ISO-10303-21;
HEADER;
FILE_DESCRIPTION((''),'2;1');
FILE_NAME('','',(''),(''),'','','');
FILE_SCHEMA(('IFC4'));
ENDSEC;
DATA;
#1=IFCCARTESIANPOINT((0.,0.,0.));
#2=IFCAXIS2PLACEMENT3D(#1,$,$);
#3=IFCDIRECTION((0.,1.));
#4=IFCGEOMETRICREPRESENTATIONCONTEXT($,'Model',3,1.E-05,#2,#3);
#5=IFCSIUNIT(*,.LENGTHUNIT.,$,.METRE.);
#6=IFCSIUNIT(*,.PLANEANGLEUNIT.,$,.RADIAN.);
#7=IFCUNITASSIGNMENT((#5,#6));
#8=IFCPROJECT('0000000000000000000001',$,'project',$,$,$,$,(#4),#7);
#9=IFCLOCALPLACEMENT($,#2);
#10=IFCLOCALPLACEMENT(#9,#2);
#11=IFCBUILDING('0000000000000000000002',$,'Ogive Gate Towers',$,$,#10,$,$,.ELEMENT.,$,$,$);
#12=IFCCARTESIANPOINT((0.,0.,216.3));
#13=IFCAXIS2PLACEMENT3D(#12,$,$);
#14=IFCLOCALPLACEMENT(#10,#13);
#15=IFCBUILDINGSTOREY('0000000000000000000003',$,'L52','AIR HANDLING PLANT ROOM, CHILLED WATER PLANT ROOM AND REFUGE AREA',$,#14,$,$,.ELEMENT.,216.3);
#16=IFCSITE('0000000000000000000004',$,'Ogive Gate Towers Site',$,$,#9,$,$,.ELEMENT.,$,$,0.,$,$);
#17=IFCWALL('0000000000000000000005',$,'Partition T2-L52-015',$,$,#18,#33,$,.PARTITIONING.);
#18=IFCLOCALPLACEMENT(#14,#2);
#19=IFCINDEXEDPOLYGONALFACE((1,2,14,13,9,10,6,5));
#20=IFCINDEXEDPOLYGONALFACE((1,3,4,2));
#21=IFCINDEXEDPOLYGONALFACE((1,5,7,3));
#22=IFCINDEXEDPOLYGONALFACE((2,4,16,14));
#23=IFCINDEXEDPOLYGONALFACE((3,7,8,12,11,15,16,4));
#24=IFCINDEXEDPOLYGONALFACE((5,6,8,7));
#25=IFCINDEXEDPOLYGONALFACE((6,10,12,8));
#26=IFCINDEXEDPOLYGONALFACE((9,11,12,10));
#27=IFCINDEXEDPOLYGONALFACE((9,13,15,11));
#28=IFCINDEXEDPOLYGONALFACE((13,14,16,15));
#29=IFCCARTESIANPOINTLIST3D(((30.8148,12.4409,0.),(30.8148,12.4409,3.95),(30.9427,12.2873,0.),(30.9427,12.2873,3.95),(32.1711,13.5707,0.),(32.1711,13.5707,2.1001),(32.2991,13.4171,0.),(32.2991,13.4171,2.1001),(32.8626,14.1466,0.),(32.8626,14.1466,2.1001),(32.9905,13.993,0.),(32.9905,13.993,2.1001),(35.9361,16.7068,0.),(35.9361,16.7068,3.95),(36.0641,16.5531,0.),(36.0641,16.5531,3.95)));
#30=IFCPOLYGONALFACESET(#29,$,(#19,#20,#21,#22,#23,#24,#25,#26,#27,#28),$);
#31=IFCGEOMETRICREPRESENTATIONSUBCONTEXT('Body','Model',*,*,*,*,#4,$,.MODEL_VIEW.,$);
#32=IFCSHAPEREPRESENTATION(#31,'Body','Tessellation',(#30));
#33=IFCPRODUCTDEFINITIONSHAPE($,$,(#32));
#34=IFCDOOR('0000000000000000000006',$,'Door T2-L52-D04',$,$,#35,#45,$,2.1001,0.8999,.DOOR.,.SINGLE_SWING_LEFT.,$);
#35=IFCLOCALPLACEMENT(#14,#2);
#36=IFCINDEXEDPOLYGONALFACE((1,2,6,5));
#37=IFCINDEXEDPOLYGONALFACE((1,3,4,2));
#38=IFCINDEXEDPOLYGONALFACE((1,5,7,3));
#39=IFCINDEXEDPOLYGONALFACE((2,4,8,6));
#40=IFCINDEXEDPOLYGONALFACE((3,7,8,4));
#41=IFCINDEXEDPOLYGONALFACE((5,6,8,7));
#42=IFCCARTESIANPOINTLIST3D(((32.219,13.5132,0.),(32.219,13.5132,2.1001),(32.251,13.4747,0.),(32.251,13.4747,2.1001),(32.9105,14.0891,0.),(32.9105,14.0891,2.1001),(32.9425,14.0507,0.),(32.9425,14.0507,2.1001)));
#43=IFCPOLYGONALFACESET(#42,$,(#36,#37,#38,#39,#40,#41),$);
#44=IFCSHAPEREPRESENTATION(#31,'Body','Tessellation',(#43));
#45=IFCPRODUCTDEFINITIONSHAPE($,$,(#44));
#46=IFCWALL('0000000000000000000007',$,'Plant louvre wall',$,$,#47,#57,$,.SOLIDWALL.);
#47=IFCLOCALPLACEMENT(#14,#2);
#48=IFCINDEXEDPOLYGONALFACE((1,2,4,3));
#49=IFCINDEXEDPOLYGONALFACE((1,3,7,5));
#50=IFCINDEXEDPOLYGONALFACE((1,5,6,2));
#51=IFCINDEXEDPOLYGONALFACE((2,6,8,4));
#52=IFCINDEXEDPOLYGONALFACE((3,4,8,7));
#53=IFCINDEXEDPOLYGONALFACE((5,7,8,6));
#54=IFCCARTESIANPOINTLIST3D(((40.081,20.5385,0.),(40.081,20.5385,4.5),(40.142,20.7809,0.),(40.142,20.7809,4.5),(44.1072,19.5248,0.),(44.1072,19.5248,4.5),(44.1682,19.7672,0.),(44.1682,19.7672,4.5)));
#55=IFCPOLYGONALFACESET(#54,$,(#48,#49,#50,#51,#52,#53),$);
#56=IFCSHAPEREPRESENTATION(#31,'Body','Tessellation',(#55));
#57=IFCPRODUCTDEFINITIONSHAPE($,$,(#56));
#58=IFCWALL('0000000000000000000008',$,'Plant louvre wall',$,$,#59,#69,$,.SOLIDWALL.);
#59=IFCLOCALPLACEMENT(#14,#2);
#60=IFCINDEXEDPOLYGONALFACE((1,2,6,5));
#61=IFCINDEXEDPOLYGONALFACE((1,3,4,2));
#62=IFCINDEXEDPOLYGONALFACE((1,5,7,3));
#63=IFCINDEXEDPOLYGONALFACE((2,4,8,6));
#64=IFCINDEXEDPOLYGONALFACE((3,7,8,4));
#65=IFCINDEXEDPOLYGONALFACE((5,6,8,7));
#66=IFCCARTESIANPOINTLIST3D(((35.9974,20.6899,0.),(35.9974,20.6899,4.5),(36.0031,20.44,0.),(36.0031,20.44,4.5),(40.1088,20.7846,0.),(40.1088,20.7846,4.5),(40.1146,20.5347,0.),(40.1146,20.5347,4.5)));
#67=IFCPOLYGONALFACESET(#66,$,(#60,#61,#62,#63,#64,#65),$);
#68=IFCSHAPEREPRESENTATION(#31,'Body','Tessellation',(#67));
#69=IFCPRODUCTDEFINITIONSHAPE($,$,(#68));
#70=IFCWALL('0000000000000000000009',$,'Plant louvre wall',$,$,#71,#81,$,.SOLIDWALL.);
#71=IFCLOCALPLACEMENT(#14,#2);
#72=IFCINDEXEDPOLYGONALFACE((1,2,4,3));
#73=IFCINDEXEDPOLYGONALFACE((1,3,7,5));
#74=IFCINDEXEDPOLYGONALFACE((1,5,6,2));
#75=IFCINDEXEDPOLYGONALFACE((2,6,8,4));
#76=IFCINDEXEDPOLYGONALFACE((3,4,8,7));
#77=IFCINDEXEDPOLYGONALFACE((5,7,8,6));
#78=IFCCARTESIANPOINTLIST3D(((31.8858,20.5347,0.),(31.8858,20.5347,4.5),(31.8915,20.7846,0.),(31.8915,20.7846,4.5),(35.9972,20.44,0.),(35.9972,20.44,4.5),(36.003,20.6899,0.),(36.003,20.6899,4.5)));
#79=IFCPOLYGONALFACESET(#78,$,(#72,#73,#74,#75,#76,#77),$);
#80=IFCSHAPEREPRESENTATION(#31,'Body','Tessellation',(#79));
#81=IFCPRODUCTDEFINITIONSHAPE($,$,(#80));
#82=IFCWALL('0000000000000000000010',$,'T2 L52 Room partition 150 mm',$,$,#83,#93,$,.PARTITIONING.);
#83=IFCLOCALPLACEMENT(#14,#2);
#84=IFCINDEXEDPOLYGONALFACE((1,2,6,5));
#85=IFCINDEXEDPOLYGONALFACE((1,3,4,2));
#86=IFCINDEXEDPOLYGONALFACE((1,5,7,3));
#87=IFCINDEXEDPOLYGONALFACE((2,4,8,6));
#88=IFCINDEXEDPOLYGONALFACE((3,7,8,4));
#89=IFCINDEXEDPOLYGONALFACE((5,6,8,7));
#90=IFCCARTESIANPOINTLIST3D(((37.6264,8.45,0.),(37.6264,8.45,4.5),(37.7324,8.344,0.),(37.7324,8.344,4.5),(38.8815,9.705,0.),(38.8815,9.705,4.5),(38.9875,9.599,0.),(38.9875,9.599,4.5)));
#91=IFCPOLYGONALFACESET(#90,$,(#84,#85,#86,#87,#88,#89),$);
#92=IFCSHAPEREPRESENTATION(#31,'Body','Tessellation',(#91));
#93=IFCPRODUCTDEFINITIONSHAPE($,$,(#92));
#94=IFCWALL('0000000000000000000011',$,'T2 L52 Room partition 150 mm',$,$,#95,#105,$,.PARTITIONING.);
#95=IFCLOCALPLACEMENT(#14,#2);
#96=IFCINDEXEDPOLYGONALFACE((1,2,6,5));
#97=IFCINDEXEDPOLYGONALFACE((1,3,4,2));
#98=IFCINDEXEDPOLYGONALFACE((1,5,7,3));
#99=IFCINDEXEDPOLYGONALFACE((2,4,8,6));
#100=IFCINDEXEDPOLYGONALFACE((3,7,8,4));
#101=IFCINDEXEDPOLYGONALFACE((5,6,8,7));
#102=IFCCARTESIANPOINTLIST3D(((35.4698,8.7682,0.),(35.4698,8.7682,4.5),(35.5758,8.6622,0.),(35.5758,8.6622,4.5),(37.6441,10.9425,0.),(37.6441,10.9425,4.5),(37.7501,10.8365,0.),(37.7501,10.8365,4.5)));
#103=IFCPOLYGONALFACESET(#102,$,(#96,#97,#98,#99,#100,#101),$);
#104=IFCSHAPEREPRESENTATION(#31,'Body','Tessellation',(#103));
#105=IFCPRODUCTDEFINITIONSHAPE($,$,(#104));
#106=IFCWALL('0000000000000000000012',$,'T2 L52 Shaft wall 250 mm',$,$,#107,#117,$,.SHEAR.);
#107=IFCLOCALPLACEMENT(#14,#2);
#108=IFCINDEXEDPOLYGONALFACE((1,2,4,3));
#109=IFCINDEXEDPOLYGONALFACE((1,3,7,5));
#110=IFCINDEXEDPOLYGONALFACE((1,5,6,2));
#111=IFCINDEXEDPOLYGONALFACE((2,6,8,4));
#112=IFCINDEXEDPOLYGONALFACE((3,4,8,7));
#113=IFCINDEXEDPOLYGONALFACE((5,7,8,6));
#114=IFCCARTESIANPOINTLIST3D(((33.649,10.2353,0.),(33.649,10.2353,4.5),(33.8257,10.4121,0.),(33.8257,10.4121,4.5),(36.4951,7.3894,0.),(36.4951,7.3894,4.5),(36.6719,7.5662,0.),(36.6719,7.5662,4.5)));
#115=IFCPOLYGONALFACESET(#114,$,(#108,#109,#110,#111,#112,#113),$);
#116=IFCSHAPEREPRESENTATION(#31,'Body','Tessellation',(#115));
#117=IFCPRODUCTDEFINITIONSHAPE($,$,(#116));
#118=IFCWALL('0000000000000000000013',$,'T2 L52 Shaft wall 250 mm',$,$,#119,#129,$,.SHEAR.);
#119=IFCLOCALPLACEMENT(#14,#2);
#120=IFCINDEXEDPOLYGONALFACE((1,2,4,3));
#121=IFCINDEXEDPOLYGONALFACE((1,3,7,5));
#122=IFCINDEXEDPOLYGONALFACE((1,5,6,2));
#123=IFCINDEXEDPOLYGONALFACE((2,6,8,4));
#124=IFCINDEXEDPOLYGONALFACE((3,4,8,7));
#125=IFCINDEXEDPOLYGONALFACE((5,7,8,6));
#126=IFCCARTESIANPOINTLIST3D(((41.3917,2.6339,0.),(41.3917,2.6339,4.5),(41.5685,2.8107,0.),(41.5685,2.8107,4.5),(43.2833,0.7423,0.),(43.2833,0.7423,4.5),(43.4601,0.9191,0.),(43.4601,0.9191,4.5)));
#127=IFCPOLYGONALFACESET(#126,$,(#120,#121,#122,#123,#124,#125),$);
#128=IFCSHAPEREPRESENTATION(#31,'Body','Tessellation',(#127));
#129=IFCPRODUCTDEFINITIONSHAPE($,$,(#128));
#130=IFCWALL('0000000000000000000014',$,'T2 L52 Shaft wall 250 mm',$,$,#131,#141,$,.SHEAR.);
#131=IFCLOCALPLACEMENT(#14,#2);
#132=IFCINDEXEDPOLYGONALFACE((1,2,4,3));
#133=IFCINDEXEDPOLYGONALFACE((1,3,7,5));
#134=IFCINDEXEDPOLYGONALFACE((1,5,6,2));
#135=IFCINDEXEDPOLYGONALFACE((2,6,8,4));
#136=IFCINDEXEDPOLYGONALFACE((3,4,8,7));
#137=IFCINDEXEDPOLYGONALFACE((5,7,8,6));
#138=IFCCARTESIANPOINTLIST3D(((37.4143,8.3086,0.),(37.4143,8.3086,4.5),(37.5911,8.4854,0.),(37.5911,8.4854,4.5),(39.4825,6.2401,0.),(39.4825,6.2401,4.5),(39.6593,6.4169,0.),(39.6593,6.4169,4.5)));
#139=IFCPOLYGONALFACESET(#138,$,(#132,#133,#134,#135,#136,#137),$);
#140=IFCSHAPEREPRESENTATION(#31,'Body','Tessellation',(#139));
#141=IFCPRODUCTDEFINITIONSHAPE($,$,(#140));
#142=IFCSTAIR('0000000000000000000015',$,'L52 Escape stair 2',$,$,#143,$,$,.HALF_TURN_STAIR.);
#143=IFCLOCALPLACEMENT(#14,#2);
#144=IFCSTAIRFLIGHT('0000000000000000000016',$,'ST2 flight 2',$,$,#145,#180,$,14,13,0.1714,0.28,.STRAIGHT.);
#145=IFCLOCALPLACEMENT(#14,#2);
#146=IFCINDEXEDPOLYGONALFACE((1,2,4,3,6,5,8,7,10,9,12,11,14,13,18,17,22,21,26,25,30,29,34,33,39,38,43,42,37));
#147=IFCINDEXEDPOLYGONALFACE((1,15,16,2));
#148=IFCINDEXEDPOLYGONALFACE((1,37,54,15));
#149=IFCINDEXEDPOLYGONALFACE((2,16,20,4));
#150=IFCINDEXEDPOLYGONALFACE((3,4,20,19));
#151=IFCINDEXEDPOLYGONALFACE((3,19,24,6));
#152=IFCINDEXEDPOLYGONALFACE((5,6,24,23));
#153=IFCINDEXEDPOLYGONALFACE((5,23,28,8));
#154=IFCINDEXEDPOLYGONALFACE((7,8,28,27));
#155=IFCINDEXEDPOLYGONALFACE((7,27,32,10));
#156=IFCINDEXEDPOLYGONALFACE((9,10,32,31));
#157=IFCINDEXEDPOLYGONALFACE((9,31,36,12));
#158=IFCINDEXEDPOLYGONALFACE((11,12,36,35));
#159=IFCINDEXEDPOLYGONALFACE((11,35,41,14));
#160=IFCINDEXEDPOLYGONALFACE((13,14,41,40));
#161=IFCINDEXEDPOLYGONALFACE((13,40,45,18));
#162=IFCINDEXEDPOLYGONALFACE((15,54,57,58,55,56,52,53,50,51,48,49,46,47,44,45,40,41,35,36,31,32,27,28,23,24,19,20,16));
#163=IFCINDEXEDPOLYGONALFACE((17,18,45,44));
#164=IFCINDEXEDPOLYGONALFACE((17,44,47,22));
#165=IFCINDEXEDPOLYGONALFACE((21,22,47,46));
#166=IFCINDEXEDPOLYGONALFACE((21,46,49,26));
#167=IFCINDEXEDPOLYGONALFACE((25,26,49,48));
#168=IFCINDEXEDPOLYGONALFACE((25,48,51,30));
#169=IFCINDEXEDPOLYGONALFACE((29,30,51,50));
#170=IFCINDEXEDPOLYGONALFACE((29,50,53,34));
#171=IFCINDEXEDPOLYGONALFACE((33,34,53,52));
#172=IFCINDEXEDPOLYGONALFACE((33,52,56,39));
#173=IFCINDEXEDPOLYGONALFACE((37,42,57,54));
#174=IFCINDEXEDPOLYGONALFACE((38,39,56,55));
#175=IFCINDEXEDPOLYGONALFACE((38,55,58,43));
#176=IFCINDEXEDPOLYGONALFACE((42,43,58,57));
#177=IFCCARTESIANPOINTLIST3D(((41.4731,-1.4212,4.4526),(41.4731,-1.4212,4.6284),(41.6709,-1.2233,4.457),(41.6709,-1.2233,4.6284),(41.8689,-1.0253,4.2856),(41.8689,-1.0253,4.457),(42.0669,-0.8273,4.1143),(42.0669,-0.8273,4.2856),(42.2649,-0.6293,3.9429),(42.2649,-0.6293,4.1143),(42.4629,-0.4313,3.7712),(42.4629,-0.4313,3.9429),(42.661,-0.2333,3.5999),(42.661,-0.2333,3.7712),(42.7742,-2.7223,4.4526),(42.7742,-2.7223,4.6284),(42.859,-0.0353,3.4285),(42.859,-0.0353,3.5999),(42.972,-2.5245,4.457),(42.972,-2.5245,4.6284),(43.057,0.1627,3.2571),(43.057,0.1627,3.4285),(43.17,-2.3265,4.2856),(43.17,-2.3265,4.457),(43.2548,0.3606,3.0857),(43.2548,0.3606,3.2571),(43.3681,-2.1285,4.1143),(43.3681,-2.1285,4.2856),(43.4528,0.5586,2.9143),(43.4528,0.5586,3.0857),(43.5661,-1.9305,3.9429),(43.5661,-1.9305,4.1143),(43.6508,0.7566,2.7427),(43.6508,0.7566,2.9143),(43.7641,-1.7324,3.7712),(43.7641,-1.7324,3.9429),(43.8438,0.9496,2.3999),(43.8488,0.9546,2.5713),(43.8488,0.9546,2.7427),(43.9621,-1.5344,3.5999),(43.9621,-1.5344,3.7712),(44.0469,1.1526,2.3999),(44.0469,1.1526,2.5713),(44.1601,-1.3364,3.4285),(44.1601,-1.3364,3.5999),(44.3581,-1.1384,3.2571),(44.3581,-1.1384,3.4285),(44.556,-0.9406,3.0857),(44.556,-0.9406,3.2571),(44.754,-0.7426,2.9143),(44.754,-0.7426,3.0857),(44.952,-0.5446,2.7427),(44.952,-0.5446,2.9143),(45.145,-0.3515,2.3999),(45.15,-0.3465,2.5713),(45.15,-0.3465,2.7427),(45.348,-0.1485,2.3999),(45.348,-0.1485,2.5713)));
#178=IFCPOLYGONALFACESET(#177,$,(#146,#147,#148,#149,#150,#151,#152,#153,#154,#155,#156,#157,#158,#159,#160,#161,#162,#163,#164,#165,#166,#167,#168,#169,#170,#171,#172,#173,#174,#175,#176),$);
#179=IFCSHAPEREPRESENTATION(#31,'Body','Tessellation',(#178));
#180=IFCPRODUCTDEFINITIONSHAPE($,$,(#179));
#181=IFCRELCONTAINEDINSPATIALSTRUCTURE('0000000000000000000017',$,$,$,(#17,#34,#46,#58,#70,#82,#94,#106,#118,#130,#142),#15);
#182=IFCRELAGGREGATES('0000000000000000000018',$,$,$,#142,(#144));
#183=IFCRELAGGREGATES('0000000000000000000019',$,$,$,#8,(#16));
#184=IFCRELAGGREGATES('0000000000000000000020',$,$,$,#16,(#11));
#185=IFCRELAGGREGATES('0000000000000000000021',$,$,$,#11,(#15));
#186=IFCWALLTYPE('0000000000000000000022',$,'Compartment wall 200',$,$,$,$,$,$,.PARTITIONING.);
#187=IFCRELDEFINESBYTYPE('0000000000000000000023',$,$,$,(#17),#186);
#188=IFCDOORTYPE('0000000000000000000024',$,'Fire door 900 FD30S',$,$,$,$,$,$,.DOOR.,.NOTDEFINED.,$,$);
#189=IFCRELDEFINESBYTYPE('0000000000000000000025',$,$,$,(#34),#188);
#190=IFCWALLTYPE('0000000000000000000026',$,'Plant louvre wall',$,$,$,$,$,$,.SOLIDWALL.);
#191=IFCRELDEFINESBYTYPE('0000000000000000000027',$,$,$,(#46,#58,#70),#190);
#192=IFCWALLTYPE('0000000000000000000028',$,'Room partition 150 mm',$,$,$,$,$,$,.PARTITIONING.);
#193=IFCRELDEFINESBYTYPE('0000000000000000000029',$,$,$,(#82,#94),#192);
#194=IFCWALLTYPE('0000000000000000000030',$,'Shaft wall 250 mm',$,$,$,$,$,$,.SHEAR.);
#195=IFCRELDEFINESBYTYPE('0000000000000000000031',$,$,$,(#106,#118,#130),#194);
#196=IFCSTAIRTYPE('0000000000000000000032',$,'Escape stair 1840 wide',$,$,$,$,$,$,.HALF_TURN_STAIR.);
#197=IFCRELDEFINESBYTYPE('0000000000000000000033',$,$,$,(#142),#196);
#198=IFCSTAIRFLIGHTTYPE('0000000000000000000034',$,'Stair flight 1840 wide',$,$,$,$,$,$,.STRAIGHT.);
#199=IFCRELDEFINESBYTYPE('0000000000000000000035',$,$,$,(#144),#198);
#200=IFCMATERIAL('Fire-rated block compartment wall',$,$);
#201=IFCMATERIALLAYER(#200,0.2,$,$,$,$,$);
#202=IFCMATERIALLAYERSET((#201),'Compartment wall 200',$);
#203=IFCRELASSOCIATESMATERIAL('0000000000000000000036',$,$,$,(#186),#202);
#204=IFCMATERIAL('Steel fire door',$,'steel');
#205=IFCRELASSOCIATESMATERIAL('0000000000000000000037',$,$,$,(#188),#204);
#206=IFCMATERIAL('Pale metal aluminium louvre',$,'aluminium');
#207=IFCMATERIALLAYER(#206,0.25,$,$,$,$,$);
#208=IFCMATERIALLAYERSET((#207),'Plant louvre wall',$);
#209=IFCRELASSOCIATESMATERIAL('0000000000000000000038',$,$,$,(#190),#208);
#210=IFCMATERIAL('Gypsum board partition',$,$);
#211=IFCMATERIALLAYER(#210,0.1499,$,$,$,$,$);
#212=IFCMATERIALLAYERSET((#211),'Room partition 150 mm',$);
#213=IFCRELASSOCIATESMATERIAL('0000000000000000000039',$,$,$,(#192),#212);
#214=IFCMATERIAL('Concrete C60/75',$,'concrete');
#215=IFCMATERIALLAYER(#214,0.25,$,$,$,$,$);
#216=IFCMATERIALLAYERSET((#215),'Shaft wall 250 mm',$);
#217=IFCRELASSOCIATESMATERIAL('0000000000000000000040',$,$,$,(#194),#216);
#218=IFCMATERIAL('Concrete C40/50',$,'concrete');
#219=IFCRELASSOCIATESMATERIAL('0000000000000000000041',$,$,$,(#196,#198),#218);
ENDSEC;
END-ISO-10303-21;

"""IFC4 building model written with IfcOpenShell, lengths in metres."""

from ifc_helpers import new_model, si_unit, direction, frame, frame_2d, origin, place, context, subcontext, project, spatial, polyline, rectangle, outline, extrude, material, layer, layer_set, type_object, element, fill, aggregate, save


model = new_model("IFC4")

# Units and contexts
model_context = context("Model", 3, precision=1e-05, world=origin(), true_north=direction((0.0, 1.0)))
body_context = subcontext(model_context, "Body", "Model", "MODEL_VIEW")
ifc_project = project(units=[si_unit("LENGTHUNIT", "METRE"), si_unit("PLANEANGLEUNIT", "RADIAN")], contexts=[model_context])

# Site, building, storey
site_placement = place(None, origin())
site = spatial("IfcSite", under=ifc_project, at=site_placement, Name="Ogive Gate Towers Site", CompositionType="ELEMENT", RefElevation=0.0)
building_placement = place(site_placement, origin())
building = spatial("IfcBuilding", under=site, at=building_placement, Name="Ogive Gate Towers", CompositionType="ELEMENT")
storey_placement = place(building_placement, frame((0.0, 0.0, 216.3)))
storey = spatial("IfcBuildingStorey", under=building, at=storey_placement, Name="L52", Description="AIR HANDLING PLANT ROOM, CHILLED WATER PLANT ROOM AND REFUGE AREA", CompositionType="ELEMENT", Elevation=216.3)

# Shared definitions
ifc_material_1 = material(Name="Fire-rated block compartment wall")
ifc_layer_1 = layer(ifc_material_1, 0.2)
ifc_layer_set_1 = layer_set([ifc_layer_1], Name="Compartment wall 200")
wall_type_1 = type_object("IfcWallType", Name="Compartment wall 200", PredefinedType="PARTITIONING", material=ifc_layer_set_1)

# Wall, opening, door
ifc_material_2 = material(Name="Steel fire door", Category="steel")
door_type = type_object("IfcDoorType", Name="Fire door 900 FD30S", OperationType="NOTDEFINED", PredefinedType="DOOR", material=ifc_material_2)
wall_1_placement = place(storey_placement, frame((36.0, 16.6299, 0.0), z_axis=(0.0, 0.0, 1.0), x_axis=(-0.768362, -0.640015, 0.0)))
wall_1 = element("IfcWall", 1, at=wall_1_placement, inside=storey, type_object=wall_type_1, Name="Partition T2-L52-015", PredefinedType="PARTITIONING", context=body_context, shape_type="SweptSolid", body=[
    extrude(rectangle(XDim=6.6653, YDim=0.2, at=frame_2d((3.3325, 0.0))), origin(), (0.0, 0.0, 1.0), 3.95),
])
opening_1_placement = place(wall_1_placement, frame((4.0, 0.0, 0.0)))
opening_1 = element("IfcOpeningElement", 2, at=opening_1_placement, cuts=wall_1, PredefinedType="OPENING", context=body_context, shape_type="SweptSolid", body=[
    extrude(rectangle(XDim=0.8999, YDim=2.1001, at=frame_2d((0.45, 1.05))), frame((0.0, 0.1099, 0.0), z_axis=(0.0, -1.0, 0.0), x_axis=(1.0, 0.0, 0.0)), (0.0, 0.0, 1.0), 0.22),
])
door_1_placement = place(opening_1_placement, origin())
door_1 = element("IfcDoor", 3, at=door_1_placement, inside=storey, type_object=door_type, Name="Door T2-L52-D04", OperationType="SINGLE_SWING_LEFT", OverallHeight=2.1001, OverallWidth=0.8999, PredefinedType="DOOR", context=body_context, shape_type="SweptSolid", body=[
    extrude(rectangle(XDim=0.8999, YDim=2.1001, at=frame_2d((0.45, 1.05))), frame((0.0, 0.0249, 0.0), z_axis=(0.0, -1.0, 0.0), x_axis=(1.0, 0.0, 0.0)), (0.0, 0.0, 1.0), 0.05),
])
fill(opening_1, door_1)

# Walls
ifc_material_3 = material(Name="Pale metal aluminium louvre", Category="aluminium")
ifc_layer_2 = layer(ifc_material_3, 0.25)
ifc_layer_set_2 = layer_set([ifc_layer_2], Name="Plant louvre wall")
wall_type_2 = type_object("IfcWallType", Name="Plant louvre wall", PredefinedType="SOLIDWALL", material=ifc_layer_set_2)
wall_2_placement = place(storey_placement, frame((44.1377, 19.646, 0.0), z_axis=(0.0, 0.0, 1.0), x_axis=(-0.969736, 0.244154, 0.0)))
element("IfcWall", 4, at=wall_2_placement, inside=storey, type_object=wall_type_2, Name="Plant louvre wall", PredefinedType="SOLIDWALL", context=body_context, shape_type="SweptSolid", body=[
    extrude(rectangle(XDim=4.1519, YDim=0.25, at=frame_2d((2.0759, 0.0))), origin(), (0.0, 0.0, 1.0), 4.5),
])
for number, where, z_axis, x_axis, name in (
    (5, (40.1116, 20.6597, 0.0), (0.0, 0.0, 1.0), (-0.999735, -0.023033, 0.0), "Plant louvre wall"),
    (6, (36.0, 20.5649, 0.0), (0.0, 0.0, 1.0), (-0.999735, 0.023033, 0.0), "Plant louvre wall"),
):
    element("IfcWall", number, at=place(storey_placement, frame(where, z_axis=z_axis, x_axis=x_axis)), inside=storey, type_object=wall_type_2, Name=name, PredefinedType="SOLIDWALL", context=body_context, shape_type="SweptSolid", body=[
        extrude(rectangle(XDim=4.1125, YDim=0.25, at=frame_2d((2.0562, 0.0))), origin(), (0.0, 0.0, 1.0), 4.5),
    ])
ifc_material_4 = material(Name="Gypsum board partition")
ifc_layer_3 = layer(ifc_material_4, 0.1499)
ifc_layer_set_3 = layer_set([ifc_layer_3], Name="Room partition 150 mm")
wall_type_3 = type_object("IfcWallType", Name="Room partition 150 mm", PredefinedType="PARTITIONING", material=ifc_layer_set_3)
wall_3_placement = place(storey_placement, frame((37.6794, 8.397, 0.0), z_axis=(0.0, 0.0, 1.0), x_axis=(0.707107, 0.707107, 0.0)))
element("IfcWall", 7, at=wall_3_placement, inside=storey, type_object=wall_type_3, Name="T2 L52 Room partition 150 mm", PredefinedType="PARTITIONING", context=body_context, shape_type="SweptSolid", body=[
    extrude(rectangle(XDim=1.7749, YDim=0.1499, at=frame_2d((0.8875, 0.0))), origin(), (0.0, 0.0, 1.0), 4.5),
])
wall_4_placement = place(storey_placement, frame((35.5227, 8.7151, 0.0), z_axis=(0.0, 0.0, 1.0), x_axis=(0.707107, 0.707107, 0.0)))
element("IfcWall", 8, at=wall_4_placement, inside=storey, type_object=wall_type_3, Name="T2 L52 Room partition 150 mm", PredefinedType="PARTITIONING", context=body_context, shape_type="SweptSolid", body=[
    extrude(rectangle(XDim=3.075, YDim=0.1499, at=frame_2d((1.5376, 0.0))), origin(), (0.0, 0.0, 1.0), 4.5),
])
ifc_material_5 = material(Name="Concrete C60/75", Category="concrete")
ifc_layer_4 = layer(ifc_material_5, 0.25)
ifc_layer_set_4 = layer_set([ifc_layer_4], Name="Shaft wall 250 mm")
wall_type_4 = type_object("IfcWallType", Name="Shaft wall 250 mm", PredefinedType="SHEAR", material=ifc_layer_set_4)
wall_5_placement = place(storey_placement, frame((36.5835, 7.4778, 0.0), z_axis=(0.0, 0.0, 1.0), x_axis=(-0.707137, 0.707076, 0.0)))
element("IfcWall", 9, at=wall_5_placement, inside=storey, type_object=wall_type_4, Name="T2 L52 Shaft wall 250 mm", PredefinedType="SHEAR", context=body_context, shape_type="SweptSolid", body=[
    extrude(rectangle(XDim=4.0249, YDim=0.25, at=frame_2d((2.0125, 0.0))), origin(), (0.0, 0.0, 1.0), 4.5),
])
wall_6_placement = place(storey_placement, frame((43.3716, 0.8308, 0.0), z_axis=(0.0, 0.0, 1.0), x_axis=(-0.707107, 0.707107, 0.0)))
element("IfcWall", 10, at=wall_6_placement, inside=storey, type_object=wall_type_4, Name="T2 L52 Shaft wall 250 mm", PredefinedType="SHEAR", context=body_context, shape_type="SweptSolid", body=[
    extrude(rectangle(XDim=2.675, YDim=0.25, at=frame_2d((1.3374, 0.0))), origin(), (0.0, 0.0, 1.0), 4.5),
])
wall_7_placement = place(storey_placement, frame((39.5708, 6.3286, 0.0), z_axis=(0.0, 0.0, 1.0), x_axis=(-0.707065, 0.707149, 0.0)))
element("IfcWall", 11, at=wall_7_placement, inside=storey, type_object=wall_type_4, Name="T2 L52 Shaft wall 250 mm", PredefinedType="SHEAR", context=body_context, shape_type="SweptSolid", body=[
    extrude(rectangle(XDim=2.925, YDim=0.25, at=frame_2d((1.4624, 0.0))), origin(), (0.0, 0.0, 1.0), 4.5),
])

# Stair, stair flight
ifc_material_6 = material(Name="Concrete C40/50", Category="concrete")
stair_type = type_object("IfcStairType", Name="Escape stair 1840 wide", PredefinedType="HALF_TURN_STAIR", material=ifc_material_6)
stair_placement = place(storey_placement, origin())
stair = element("IfcStair", 12, at=stair_placement, inside=storey, type_object=stair_type, Name="L52 Escape stair 2", PredefinedType="HALF_TURN_STAIR")
stair_flight_type = type_object("IfcStairFlightType", Name="Stair flight 1840 wide", PredefinedType="STRAIGHT", material=ifc_material_6)
stair_flight_placement = place(storey_placement, frame((44.6975, 0.502, 2.3999), z_axis=(0.0, 0.0, 1.0), x_axis=(-0.707107, -0.707107, 0.0)))
stair_flight = element("IfcStairFlight", 13, at=stair_flight_placement, type_object=stair_flight_type, Name="ST2 flight 2", NumberOfRisers=14, NumberOfTreads=13, PredefinedType="STRAIGHT", RiserHeight=0.1714, TreadLength=0.28, context=body_context, shape_type="SweptSolid", body=[
    extrude(outline(polyline([(0.0, 0.0), (0.0, 0.1714), (0.28, 0.1714), (0.28, 0.3428), (0.5601, 0.3428), (0.5601, 0.5144), (0.8401, 0.5144), (0.8401, 0.6858), (1.1201, 0.6858), (1.1201, 0.8572), (1.3999, 0.8572), (1.3999, 1.0286), (1.6799, 1.0286), (1.6799, 1.2), (1.96, 1.2), (1.96, 1.3713), (2.24, 1.3713), (2.24, 1.543), (2.52, 1.543), (2.52, 1.7144), (2.8, 1.7144), (2.8, 1.8857), (3.0801, 1.8857), (3.0801, 2.0571), (3.3601, 2.0571), (3.3601, 2.2285), (3.6399, 2.2285), (3.6399, 2.3999), (3.6399, 2.0527), (0.2871, 0.0), (0.0, 0.0)])), frame((0.0, 0.9199, 0.0), z_axis=(0.0, -1.0, 0.0), x_axis=(1.0, 0.0, 0.0)), (0.0, 0.0, 1.0), 1.8401),
])
aggregate(stair, [stair_flight])

save(model, "model.ifc")
